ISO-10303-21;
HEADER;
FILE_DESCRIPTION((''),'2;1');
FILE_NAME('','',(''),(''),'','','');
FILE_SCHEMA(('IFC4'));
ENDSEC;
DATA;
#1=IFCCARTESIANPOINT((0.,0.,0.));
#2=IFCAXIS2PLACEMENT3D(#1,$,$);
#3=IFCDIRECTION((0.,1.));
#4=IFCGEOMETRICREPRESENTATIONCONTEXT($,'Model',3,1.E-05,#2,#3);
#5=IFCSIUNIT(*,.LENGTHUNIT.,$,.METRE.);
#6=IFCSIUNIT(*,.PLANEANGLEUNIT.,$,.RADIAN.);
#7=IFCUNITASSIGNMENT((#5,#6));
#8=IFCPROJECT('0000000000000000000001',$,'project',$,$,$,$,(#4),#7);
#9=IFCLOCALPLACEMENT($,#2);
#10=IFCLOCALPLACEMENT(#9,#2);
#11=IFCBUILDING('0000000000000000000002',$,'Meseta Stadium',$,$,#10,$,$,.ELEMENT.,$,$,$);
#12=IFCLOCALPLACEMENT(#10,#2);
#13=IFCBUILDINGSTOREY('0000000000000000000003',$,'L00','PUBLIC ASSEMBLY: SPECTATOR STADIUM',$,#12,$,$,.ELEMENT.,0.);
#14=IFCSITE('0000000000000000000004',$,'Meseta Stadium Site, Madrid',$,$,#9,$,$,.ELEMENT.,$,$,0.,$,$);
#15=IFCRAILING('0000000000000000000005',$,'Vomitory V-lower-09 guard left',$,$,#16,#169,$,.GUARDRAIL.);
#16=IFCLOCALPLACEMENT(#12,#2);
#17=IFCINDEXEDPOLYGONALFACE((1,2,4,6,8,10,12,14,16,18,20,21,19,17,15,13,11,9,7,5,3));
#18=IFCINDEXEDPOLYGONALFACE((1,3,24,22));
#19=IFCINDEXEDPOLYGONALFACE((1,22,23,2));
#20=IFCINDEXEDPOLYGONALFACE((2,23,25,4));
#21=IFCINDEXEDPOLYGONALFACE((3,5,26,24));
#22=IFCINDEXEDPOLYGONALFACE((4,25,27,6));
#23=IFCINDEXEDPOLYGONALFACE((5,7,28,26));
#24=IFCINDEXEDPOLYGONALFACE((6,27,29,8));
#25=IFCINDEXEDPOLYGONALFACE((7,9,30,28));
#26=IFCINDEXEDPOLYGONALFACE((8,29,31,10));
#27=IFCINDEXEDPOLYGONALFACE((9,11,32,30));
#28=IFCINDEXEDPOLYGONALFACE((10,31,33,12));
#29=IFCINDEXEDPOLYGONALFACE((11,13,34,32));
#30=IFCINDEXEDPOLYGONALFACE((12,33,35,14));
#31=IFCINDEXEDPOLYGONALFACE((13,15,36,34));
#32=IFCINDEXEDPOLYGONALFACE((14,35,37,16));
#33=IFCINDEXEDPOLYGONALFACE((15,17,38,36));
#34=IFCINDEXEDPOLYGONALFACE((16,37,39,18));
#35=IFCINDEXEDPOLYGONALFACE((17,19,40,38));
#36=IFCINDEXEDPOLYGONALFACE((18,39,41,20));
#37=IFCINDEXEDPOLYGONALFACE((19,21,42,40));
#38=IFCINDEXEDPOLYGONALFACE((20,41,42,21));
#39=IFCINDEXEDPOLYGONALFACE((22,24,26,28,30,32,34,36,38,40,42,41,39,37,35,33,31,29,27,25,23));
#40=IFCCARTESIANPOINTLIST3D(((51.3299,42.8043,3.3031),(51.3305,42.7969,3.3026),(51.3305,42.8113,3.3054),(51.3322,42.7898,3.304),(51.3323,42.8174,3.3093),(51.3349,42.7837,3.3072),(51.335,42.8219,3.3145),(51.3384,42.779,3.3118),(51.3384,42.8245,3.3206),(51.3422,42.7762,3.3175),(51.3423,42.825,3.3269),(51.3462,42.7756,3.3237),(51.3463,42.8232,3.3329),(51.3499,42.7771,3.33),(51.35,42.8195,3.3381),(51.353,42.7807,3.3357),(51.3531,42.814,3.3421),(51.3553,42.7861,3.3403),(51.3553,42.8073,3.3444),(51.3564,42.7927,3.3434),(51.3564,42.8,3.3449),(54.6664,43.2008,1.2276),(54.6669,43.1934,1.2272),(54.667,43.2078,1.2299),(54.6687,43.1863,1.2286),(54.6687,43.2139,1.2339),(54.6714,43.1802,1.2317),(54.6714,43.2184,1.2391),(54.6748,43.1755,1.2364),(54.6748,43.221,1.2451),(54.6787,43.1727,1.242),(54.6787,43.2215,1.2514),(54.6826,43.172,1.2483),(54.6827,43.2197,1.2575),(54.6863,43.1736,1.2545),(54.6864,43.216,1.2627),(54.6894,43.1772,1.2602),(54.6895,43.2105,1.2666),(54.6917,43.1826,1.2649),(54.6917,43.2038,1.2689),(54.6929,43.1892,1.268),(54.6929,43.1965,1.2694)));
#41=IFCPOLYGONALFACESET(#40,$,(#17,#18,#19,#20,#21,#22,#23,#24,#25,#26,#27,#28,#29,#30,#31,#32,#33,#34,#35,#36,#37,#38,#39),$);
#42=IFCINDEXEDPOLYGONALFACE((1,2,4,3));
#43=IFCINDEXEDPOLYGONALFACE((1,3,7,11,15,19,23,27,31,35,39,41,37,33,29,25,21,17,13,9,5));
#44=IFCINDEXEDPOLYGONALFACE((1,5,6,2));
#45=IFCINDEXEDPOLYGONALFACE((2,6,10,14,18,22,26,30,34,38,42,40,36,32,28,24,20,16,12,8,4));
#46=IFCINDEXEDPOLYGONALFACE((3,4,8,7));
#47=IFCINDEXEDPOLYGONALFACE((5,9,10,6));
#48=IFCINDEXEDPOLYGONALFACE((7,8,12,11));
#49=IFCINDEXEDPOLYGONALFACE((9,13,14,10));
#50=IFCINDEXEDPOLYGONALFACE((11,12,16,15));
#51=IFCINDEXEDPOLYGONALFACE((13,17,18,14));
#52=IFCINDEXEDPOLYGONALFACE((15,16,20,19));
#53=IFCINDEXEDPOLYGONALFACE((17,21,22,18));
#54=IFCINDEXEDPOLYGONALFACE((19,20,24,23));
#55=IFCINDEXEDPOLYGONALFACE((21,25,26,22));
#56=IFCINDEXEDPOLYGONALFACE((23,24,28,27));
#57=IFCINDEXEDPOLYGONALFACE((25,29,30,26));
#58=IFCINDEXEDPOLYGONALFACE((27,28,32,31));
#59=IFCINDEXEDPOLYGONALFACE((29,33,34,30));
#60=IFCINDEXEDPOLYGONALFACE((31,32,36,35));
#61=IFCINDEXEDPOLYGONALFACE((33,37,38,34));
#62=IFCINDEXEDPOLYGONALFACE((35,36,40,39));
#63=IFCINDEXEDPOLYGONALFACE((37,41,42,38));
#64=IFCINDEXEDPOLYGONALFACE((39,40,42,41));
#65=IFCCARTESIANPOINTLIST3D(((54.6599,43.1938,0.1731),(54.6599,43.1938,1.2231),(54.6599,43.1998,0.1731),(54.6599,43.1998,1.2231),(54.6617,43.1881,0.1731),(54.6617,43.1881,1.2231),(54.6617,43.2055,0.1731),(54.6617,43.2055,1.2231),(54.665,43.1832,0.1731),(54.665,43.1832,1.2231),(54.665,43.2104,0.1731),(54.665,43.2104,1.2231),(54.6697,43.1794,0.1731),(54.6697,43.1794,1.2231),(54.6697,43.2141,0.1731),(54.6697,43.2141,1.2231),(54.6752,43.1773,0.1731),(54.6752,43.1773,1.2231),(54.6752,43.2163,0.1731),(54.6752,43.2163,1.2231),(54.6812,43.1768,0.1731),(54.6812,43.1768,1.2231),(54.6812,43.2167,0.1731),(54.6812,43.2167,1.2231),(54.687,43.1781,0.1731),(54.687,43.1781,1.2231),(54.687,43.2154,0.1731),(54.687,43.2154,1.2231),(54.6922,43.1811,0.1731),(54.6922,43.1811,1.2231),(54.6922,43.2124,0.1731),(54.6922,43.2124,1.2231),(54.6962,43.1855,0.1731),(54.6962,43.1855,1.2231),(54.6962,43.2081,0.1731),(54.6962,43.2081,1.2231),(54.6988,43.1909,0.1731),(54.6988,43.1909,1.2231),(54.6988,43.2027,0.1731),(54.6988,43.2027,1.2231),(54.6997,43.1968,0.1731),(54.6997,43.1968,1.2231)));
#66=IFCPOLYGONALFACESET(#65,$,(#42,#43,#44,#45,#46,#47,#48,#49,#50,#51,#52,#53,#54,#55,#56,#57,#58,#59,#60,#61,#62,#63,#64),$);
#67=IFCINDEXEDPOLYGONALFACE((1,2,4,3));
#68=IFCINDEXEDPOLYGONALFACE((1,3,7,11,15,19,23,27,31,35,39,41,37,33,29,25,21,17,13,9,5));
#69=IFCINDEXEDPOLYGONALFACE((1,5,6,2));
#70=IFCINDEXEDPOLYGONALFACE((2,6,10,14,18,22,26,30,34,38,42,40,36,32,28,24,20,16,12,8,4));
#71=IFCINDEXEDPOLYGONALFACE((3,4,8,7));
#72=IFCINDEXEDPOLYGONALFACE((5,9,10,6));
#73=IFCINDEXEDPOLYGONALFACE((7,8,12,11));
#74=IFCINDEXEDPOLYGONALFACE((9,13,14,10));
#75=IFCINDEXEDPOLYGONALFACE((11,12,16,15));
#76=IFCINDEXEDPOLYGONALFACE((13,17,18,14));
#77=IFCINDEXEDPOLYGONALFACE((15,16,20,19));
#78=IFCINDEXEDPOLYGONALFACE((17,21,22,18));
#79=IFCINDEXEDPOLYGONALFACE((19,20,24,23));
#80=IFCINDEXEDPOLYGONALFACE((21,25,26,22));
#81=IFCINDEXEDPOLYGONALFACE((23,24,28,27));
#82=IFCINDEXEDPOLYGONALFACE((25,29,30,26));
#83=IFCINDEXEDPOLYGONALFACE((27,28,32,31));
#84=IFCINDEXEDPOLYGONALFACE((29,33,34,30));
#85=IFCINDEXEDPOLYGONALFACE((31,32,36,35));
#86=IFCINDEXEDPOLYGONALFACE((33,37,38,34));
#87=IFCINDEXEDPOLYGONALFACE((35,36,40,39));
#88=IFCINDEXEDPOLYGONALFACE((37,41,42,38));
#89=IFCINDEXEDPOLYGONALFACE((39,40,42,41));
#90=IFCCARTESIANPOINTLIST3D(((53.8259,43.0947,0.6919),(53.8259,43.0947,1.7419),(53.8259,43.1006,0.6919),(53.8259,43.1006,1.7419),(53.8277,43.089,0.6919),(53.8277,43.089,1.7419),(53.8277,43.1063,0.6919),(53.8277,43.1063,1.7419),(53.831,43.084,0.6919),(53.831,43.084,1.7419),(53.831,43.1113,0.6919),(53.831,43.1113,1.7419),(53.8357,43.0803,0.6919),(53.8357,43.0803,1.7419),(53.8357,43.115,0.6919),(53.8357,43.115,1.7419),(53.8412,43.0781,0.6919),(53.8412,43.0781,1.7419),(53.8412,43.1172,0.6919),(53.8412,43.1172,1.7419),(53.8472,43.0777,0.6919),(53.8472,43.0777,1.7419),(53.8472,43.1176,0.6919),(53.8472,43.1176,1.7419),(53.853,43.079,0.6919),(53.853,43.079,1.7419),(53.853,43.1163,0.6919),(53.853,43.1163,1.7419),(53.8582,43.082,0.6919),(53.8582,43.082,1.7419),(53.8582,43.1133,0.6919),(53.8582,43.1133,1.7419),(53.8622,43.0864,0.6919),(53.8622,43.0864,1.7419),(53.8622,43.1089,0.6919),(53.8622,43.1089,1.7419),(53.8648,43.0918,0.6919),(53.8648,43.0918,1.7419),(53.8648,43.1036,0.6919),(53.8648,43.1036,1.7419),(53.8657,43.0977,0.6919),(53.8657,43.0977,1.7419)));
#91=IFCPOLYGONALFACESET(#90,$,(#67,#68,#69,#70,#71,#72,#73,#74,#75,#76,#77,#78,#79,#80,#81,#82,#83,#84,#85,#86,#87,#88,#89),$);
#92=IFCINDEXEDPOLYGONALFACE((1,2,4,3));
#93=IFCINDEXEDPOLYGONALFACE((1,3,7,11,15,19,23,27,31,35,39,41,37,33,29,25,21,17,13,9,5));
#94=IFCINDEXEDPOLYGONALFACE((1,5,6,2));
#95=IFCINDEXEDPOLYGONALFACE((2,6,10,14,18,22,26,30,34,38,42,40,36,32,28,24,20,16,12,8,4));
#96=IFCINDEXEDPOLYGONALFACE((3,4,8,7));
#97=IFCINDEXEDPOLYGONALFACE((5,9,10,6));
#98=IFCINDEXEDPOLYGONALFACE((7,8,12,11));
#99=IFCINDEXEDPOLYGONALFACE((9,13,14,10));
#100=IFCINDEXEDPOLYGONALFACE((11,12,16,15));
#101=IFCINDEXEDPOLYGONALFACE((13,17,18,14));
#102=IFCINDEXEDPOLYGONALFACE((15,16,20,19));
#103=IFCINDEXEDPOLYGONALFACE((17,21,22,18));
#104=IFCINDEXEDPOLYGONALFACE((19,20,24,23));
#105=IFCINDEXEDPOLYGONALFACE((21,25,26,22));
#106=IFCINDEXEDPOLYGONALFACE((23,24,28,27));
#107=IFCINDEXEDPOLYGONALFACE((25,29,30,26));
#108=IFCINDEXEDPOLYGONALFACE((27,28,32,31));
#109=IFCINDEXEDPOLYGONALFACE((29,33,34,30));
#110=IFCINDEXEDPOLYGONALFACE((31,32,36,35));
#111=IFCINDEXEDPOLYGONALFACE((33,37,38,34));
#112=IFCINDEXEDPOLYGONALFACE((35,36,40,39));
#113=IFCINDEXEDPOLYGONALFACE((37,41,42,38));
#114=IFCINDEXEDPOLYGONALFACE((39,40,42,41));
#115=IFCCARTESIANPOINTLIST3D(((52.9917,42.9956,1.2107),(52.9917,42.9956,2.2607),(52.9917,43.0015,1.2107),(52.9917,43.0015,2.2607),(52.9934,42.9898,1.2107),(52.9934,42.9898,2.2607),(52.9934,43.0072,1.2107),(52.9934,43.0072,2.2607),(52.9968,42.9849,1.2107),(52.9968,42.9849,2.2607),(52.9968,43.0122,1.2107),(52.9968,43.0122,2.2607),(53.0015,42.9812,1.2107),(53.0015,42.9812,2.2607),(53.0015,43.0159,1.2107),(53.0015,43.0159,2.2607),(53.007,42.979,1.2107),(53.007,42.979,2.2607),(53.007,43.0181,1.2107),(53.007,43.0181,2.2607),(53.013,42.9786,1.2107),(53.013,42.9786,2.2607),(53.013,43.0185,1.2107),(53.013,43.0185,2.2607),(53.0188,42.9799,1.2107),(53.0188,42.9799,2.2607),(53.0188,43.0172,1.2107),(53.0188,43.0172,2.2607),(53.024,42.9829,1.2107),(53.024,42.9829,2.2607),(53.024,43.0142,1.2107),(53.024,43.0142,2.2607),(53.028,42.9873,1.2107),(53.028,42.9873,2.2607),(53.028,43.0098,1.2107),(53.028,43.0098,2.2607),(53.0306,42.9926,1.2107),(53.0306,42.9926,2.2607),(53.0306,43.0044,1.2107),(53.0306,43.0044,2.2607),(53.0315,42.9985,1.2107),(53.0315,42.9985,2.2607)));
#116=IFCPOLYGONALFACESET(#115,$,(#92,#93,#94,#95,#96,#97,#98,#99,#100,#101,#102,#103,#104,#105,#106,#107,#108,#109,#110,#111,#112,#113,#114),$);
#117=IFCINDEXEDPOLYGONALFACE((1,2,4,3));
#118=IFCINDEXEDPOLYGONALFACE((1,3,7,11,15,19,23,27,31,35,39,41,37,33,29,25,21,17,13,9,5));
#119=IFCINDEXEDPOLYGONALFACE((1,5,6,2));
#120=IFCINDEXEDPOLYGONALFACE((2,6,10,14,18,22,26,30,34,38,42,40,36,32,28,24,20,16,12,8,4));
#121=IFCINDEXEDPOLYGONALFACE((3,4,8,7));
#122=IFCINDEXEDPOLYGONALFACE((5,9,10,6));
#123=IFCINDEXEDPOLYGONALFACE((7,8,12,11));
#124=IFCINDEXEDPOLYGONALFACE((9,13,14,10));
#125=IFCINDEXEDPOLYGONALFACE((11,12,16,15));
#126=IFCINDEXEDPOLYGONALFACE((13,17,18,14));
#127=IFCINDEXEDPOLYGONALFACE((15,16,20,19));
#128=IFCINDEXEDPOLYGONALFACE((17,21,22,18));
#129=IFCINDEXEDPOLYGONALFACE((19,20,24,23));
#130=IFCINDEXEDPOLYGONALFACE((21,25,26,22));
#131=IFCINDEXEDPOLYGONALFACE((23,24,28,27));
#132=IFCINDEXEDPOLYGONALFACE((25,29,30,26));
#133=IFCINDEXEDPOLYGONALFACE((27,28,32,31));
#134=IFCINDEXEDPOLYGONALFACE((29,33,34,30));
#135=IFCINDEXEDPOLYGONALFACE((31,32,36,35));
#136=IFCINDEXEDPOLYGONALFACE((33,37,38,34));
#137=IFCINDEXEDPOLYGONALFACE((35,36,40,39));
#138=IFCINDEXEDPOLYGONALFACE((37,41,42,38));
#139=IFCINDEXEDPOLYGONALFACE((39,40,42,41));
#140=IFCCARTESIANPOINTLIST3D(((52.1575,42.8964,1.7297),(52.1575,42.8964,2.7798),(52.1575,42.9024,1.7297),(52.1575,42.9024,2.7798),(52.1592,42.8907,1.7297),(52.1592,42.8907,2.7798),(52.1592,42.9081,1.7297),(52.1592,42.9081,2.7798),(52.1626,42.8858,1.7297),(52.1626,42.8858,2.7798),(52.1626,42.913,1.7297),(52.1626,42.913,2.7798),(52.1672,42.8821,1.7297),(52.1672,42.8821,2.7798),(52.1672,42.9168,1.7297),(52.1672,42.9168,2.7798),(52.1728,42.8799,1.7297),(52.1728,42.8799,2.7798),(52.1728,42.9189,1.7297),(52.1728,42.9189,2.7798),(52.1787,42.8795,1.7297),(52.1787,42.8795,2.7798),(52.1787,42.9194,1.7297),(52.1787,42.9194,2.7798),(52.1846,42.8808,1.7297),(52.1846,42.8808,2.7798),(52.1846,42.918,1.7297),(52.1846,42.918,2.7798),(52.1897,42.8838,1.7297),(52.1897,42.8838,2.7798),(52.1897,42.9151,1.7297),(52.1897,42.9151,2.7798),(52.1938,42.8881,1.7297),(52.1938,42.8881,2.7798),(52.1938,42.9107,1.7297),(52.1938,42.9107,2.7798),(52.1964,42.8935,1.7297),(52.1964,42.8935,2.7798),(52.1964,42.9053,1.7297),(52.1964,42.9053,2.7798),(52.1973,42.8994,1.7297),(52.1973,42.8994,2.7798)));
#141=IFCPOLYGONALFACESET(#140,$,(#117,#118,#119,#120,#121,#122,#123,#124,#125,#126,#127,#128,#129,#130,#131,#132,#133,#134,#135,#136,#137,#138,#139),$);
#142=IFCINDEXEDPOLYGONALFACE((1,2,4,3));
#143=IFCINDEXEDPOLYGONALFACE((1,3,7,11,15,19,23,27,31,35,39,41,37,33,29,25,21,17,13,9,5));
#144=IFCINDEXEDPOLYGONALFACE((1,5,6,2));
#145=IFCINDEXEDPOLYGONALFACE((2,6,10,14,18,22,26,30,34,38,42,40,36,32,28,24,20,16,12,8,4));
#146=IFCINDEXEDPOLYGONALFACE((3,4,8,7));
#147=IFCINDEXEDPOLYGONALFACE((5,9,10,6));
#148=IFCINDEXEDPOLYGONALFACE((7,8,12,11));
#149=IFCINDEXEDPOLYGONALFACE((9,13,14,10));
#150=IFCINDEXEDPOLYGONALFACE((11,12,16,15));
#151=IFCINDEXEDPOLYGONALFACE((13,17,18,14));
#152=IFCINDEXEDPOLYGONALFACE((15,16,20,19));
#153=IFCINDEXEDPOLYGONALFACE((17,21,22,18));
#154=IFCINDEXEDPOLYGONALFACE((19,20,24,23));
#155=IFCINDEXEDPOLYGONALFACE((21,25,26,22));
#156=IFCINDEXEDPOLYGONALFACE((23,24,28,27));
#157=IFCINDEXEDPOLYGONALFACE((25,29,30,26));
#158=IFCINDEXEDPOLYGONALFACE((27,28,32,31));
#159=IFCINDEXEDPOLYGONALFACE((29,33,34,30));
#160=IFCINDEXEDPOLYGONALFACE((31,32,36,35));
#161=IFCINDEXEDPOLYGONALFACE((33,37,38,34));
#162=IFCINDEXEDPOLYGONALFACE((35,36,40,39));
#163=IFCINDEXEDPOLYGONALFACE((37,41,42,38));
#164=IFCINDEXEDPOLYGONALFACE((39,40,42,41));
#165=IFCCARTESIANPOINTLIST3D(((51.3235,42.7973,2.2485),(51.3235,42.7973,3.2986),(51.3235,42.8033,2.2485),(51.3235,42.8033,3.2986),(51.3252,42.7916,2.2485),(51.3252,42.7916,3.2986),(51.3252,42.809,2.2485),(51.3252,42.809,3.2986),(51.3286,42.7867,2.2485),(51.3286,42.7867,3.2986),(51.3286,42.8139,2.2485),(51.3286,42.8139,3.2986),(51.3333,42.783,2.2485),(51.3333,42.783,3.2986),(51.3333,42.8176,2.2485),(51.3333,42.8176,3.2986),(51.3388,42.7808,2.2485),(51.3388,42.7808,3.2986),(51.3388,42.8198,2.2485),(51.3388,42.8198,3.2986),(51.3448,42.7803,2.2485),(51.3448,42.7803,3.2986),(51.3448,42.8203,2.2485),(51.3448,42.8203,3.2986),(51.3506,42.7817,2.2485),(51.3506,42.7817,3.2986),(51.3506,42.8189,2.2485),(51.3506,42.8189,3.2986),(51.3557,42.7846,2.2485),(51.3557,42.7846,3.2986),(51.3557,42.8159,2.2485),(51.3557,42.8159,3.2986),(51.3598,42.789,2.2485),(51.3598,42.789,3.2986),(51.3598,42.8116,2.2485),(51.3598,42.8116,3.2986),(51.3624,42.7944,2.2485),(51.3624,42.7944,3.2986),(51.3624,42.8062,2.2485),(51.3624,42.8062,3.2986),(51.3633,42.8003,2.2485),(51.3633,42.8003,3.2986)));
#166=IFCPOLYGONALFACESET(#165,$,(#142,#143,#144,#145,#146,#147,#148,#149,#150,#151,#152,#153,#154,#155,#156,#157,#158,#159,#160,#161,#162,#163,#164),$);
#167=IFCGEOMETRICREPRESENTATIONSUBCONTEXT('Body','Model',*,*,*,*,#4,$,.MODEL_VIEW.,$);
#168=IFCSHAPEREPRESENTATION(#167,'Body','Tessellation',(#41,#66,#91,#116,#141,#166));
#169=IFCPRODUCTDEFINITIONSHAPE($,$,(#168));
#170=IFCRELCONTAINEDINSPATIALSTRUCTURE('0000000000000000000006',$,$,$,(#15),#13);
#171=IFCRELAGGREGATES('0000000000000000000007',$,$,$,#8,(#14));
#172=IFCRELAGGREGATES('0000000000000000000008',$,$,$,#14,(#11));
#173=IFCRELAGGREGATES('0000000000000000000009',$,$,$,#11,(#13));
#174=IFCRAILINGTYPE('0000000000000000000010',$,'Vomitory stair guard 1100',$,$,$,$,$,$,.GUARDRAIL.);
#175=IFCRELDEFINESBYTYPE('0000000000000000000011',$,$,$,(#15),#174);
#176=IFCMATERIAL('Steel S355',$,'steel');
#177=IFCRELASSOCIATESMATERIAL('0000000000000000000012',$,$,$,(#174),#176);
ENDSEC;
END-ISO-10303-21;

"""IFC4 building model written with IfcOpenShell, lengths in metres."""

from ifc_helpers import new_model, si_unit, direction, frame, origin, origin_2d, place, context, subcontext, project, spatial, circle, extrude, material, type_object, element, save


model = new_model("IFC4")

# Units and contexts
model_context = context("Model", 3, precision=1e-05, world=origin(), true_north=direction((0.0, 1.0)))
body_context = subcontext(model_context, "Body", "Model", "MODEL_VIEW")
ifc_project = project(units=[si_unit("LENGTHUNIT", "METRE"), si_unit("PLANEANGLEUNIT", "RADIAN")], contexts=[model_context])

# Site, building, storey
site_placement = place(None, origin())
site = spatial("IfcSite", under=ifc_project, at=site_placement, Name="Meseta Stadium Site, Madrid", CompositionType="ELEMENT", RefElevation=0.0)
building_placement = place(site_placement, origin())
building = spatial("IfcBuilding", under=site, at=building_placement, Name="Meseta Stadium", CompositionType="ELEMENT")
storey_placement = place(building_placement, origin())
storey = spatial("IfcBuildingStorey", under=building, at=storey_placement, Name="L00", Description="PUBLIC ASSEMBLY: SPECTATOR STADIUM", CompositionType="ELEMENT", Elevation=0.0)

# Railing
ifc_material_1 = material(Name="Steel S355", Category="steel")
railing_type_1 = type_object("IfcRailingType", Name="Vomitory stair guard 1100", PredefinedType="GUARDRAIL", material=ifc_material_1)
railing_1_placement = place(storey_placement, frame((54.6797, 43.1968, 0.1731)))
element("IfcRailing", 1, at=railing_1_placement, inside=storey, type_object=railing_type_1, Name="Vomitory V-lower-09 guard left", PredefinedType="GUARDRAIL", context=body_context, shape_type="SweptSolid", body=[
    extrude(circle(Radius=0.0249, at=origin_2d()), frame((0.0, 0.0, 1.0752), z_axis=(-0.84483, -0.100395, 0.525531), x_axis=(0.118005, -0.993013, 0.0)), (0.0, 0.0, 1.0), 3.9492),
    extrude(circle(Radius=0.02, at=origin_2d()), origin(), (0.0, 0.0, 1.0), 1.05),
    extrude(circle(Radius=0.02, at=origin_2d()), frame((-0.834, -0.0991, 0.5188)), (0.0, 0.0, 1.0), 1.05),
    extrude(circle(Radius=0.02, at=origin_2d()), frame((-1.6682, -0.1982, 1.0376)), (0.0, 0.0, 1.0), 1.05),
    extrude(circle(Radius=0.02, at=origin_2d()), frame((-2.5024, -0.2974, 1.5566)), (0.0, 0.0, 1.0), 1.05),
    extrude(circle(Radius=0.02, at=origin_2d()), frame((-3.3364, -0.3965, 2.0754)), (0.0, 0.0, 1.0), 1.05),
])

save(model, "model.ifc")
